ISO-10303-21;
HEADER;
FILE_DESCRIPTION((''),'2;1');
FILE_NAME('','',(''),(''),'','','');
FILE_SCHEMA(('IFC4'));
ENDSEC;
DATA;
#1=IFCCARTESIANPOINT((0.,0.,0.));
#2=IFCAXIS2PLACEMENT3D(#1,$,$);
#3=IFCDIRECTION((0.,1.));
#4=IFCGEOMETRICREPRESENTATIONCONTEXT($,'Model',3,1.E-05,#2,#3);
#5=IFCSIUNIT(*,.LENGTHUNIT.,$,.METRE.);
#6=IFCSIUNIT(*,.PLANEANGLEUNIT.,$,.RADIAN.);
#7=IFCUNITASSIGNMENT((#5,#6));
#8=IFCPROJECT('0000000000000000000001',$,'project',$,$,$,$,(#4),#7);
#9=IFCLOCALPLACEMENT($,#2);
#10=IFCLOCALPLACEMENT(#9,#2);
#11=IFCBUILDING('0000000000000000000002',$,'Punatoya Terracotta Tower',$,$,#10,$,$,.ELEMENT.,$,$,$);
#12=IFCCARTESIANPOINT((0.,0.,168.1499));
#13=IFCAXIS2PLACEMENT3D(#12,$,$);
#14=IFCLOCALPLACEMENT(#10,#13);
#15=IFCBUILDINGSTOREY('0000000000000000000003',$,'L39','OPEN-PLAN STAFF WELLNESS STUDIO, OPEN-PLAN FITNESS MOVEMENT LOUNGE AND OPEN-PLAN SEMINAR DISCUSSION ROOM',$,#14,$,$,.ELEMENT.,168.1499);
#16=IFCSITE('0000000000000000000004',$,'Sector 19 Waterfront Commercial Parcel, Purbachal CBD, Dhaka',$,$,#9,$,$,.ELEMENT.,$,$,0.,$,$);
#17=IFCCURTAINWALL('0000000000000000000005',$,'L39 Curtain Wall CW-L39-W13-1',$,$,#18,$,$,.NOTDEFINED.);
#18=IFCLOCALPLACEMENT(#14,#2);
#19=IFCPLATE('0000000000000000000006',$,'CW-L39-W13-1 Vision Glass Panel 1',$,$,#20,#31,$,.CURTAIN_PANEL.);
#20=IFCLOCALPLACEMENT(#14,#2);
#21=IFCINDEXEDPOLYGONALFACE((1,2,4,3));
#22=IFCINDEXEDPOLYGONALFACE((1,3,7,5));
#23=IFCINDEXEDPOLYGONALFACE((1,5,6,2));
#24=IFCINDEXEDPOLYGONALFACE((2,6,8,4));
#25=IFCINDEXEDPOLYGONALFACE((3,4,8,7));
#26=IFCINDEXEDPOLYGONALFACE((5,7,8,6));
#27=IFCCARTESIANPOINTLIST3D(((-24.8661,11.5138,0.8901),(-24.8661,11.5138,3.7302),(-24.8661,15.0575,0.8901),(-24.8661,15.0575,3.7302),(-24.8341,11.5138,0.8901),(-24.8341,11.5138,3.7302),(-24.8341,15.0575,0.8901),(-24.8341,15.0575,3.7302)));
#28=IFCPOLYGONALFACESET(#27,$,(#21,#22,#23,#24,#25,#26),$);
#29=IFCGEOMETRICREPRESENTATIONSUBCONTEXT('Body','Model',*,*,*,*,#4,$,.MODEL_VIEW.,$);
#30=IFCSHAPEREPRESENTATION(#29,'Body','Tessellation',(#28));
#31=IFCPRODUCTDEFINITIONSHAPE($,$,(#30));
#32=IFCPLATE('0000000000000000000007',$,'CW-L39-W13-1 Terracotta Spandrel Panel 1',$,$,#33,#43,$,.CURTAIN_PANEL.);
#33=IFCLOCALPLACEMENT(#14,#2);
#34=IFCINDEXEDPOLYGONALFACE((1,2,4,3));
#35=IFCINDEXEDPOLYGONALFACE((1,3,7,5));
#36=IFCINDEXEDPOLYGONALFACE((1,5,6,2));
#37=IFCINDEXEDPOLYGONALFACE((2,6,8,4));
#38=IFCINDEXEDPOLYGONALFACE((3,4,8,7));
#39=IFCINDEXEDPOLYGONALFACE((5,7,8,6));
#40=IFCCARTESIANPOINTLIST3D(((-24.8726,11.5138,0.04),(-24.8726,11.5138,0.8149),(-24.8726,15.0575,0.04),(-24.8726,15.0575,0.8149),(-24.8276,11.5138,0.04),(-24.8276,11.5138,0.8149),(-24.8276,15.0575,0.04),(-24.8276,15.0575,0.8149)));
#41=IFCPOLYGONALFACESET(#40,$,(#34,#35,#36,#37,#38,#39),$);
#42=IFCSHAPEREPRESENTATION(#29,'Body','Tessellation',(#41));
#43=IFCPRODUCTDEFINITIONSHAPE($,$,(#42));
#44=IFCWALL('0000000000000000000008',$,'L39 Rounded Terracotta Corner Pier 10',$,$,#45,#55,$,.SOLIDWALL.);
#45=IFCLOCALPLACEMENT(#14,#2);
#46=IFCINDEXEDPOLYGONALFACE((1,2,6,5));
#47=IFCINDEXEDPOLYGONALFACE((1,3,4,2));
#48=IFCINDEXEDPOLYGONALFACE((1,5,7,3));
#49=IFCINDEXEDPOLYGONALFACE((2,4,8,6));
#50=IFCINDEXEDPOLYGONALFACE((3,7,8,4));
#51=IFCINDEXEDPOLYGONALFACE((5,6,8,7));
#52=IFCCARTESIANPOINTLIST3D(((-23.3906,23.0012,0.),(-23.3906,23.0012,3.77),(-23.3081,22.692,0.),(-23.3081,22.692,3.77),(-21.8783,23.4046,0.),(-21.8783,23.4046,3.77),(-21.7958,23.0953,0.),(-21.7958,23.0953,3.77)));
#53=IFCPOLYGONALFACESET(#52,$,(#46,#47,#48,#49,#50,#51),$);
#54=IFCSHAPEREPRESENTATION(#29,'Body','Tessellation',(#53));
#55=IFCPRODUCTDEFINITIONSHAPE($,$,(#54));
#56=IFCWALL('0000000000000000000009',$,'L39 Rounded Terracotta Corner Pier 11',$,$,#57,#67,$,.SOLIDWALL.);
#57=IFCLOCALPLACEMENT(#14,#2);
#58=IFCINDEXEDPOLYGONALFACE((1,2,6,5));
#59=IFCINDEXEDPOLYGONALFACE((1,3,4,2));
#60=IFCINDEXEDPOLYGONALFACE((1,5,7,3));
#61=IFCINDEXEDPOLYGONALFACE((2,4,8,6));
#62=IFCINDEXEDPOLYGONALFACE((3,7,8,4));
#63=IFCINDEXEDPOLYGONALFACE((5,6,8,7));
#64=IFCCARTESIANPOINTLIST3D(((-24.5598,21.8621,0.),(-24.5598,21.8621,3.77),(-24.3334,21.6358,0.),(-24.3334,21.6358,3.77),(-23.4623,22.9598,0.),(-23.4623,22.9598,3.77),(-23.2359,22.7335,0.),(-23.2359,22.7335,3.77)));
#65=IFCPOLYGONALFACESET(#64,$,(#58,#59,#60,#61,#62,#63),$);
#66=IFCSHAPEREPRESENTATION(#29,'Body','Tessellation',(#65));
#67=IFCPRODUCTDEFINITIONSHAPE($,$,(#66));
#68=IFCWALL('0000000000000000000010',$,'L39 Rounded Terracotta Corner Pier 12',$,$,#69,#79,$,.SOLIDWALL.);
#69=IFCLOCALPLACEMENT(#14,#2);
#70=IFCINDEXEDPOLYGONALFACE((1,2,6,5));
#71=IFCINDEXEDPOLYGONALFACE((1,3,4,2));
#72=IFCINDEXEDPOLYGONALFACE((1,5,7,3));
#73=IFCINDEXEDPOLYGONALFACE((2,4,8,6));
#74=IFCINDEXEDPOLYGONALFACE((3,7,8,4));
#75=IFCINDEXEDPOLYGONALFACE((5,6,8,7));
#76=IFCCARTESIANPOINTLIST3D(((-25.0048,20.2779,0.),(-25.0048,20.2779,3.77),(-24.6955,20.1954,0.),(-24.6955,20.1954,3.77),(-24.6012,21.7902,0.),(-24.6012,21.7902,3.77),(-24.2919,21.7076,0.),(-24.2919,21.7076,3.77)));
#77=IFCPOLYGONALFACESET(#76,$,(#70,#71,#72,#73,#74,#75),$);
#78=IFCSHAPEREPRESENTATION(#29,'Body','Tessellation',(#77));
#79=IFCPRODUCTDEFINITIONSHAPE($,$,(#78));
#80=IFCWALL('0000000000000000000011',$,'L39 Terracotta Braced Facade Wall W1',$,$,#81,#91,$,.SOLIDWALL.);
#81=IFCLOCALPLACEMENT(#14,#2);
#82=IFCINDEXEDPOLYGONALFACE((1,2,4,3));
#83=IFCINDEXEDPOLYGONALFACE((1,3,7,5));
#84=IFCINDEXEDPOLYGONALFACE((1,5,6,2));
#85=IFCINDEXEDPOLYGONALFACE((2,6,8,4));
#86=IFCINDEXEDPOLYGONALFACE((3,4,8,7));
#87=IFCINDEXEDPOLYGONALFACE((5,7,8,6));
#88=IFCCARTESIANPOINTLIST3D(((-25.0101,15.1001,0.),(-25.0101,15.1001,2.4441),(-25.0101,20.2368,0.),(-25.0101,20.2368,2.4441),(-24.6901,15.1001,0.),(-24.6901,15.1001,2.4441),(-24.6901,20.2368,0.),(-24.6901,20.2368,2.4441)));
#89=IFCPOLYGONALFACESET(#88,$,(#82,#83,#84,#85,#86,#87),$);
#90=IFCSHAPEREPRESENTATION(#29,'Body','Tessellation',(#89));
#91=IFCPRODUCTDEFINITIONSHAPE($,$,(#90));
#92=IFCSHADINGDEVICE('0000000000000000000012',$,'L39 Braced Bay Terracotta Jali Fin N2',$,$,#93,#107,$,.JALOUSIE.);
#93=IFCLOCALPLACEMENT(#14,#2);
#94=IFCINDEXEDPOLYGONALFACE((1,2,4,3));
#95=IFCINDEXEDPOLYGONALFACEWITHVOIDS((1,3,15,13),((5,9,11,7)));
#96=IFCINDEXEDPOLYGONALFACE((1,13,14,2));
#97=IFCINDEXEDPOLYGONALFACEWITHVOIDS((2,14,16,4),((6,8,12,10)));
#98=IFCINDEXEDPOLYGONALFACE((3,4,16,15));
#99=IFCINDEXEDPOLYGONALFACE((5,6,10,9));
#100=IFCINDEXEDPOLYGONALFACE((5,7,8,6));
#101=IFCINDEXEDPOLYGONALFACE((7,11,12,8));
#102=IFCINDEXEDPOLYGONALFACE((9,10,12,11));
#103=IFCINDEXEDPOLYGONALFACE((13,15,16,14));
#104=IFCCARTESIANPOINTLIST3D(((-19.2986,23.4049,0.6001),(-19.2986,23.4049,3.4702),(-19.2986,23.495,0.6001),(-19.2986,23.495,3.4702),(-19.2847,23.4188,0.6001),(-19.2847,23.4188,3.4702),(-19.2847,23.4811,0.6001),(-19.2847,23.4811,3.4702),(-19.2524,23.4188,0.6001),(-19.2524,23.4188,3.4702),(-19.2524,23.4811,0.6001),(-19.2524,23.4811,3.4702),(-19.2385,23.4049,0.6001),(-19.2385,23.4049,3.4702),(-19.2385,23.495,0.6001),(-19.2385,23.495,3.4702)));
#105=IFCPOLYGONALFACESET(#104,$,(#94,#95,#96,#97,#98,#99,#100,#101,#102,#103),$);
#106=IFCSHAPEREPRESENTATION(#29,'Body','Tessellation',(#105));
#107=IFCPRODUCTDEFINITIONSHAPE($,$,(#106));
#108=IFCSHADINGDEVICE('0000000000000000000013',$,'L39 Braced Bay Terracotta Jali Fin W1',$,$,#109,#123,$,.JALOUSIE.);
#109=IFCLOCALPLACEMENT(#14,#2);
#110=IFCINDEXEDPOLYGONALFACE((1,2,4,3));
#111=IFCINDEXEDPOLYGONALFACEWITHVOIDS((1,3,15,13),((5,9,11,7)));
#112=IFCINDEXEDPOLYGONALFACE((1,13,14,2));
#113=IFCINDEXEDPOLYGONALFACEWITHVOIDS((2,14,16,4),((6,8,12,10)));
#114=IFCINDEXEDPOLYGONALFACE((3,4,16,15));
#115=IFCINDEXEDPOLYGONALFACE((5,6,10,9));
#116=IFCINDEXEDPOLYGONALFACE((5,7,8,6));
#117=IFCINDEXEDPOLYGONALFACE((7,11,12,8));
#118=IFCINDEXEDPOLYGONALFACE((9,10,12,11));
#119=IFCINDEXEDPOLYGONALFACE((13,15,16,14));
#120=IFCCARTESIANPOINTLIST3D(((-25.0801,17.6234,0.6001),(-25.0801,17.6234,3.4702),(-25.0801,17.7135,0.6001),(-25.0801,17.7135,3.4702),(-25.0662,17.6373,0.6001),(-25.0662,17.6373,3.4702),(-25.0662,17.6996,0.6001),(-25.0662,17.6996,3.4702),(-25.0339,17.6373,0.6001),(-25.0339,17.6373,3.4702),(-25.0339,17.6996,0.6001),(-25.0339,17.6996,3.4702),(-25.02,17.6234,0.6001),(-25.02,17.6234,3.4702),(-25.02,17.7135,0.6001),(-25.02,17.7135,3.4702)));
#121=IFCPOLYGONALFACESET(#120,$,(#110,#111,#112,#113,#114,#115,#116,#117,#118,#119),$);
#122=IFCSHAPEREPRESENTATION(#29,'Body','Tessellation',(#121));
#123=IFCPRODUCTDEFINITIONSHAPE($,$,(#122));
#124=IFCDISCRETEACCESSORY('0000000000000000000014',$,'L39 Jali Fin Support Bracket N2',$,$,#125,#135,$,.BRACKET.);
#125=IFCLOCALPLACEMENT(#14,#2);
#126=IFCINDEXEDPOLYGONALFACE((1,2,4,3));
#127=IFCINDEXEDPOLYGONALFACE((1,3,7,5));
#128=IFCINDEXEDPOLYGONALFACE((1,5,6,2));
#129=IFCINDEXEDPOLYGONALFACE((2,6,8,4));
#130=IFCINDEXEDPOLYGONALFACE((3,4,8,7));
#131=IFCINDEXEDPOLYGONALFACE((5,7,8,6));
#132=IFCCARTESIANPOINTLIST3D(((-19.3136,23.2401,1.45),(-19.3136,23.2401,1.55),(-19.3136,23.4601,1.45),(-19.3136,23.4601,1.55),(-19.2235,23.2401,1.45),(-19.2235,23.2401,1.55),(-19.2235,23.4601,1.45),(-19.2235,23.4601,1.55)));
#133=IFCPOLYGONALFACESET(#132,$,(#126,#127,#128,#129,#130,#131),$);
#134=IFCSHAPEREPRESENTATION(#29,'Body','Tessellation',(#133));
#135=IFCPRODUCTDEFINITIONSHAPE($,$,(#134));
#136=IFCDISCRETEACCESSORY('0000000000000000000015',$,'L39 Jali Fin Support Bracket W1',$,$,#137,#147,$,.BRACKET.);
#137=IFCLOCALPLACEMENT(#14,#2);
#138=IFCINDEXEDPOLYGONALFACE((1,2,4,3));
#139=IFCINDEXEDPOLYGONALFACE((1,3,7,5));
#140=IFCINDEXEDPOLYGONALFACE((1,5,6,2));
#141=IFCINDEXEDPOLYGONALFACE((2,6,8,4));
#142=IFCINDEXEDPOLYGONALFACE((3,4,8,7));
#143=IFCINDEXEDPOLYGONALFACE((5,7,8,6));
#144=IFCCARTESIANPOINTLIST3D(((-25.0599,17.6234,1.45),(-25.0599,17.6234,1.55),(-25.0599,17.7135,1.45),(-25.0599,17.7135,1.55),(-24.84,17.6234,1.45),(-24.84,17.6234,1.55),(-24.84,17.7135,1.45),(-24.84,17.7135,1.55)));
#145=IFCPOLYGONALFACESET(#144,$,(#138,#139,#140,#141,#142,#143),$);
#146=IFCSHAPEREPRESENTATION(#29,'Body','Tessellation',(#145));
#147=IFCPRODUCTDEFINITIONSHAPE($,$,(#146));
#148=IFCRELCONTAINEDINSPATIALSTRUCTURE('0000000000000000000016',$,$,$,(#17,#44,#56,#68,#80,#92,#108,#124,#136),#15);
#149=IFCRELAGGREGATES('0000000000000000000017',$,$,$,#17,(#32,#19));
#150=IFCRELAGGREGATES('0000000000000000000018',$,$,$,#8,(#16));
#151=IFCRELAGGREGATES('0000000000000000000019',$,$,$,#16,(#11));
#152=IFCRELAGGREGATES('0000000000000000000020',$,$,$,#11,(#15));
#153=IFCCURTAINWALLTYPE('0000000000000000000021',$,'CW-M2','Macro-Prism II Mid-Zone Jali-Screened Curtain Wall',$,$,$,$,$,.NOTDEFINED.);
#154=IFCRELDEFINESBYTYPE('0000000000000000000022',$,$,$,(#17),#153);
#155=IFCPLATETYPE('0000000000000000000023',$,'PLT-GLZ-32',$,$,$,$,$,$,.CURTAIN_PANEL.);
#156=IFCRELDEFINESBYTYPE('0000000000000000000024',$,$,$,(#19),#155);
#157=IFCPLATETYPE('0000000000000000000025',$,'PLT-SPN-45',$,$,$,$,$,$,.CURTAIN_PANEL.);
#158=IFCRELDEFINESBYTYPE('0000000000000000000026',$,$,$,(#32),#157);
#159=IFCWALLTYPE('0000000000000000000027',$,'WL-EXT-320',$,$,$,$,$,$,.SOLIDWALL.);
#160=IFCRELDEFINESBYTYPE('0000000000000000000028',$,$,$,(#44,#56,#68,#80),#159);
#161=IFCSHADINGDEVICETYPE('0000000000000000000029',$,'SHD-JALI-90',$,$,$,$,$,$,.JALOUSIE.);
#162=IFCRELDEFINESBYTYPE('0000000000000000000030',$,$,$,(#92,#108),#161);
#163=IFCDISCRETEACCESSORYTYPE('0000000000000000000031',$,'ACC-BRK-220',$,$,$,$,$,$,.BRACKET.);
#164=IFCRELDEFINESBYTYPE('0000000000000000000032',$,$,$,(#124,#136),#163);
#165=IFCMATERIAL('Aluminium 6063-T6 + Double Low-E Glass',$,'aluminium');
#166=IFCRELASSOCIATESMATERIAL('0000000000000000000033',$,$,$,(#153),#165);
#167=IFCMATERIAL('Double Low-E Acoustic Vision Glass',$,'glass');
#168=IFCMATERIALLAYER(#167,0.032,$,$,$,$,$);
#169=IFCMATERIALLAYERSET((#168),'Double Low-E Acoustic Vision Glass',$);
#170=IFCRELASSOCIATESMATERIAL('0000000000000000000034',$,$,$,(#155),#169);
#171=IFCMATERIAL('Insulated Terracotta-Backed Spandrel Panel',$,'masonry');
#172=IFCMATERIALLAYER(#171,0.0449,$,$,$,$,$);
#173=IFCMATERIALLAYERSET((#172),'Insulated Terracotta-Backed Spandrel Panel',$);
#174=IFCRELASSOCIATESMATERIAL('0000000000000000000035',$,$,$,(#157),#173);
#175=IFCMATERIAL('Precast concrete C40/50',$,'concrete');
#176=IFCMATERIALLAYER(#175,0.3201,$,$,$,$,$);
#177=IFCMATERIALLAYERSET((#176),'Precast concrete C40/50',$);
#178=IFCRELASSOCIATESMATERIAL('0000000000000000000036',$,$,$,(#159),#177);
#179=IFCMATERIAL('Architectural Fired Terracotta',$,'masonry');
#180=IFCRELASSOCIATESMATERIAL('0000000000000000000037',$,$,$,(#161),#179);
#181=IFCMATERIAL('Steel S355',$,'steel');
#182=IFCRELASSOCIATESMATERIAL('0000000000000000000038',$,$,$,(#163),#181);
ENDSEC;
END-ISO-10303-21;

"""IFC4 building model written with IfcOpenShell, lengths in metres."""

from ifc_helpers import new_model, si_unit, direction, frame, frame_2d, origin, origin_2d, place, context, subcontext, project, spatial, rectangle, hollow_rectangle, extrude, material, layer, layer_set, material_profile, profile_set, type_object, element, aggregate, save


model = new_model("IFC4")

# Units and contexts
model_context = context("Model", 3, precision=1e-05, world=origin(), true_north=direction((0.0, 1.0)))
body_context = subcontext(model_context, "Body", "Model", "MODEL_VIEW")
ifc_project = project(units=[si_unit("LENGTHUNIT", "METRE"), si_unit("PLANEANGLEUNIT", "RADIAN")], contexts=[model_context])

# Site, building, storey
site_placement = place(None, origin())
site = spatial("IfcSite", under=ifc_project, at=site_placement, Name="Sector 19 Waterfront Commercial Parcel, Purbachal CBD, Dhaka", CompositionType="ELEMENT", RefElevation=0.0)
building_placement = place(site_placement, origin())
building = spatial("IfcBuilding", under=site, at=building_placement, Name="Punatoya Terracotta Tower", CompositionType="ELEMENT")
storey_placement = place(building_placement, frame((0.0, 0.0, 168.1499)))
storey = spatial("IfcBuildingStorey", under=building, at=storey_placement, Name="L39", Description="OPEN-PLAN STAFF WELLNESS STUDIO, OPEN-PLAN FITNESS MOVEMENT LOUNGE AND OPEN-PLAN SEMINAR DISCUSSION ROOM", CompositionType="ELEMENT", Elevation=168.1499)

# Shared definitions
ifc_material_1 = material(Name="Steel S355", Category="steel")

# Curtain wall
ifc_material_2 = material(Name="Aluminium 6063-T6 + Double Low-E Glass", Category="aluminium")
curtain_wall_type = type_object("IfcCurtainWallType", Name="CW-M2", Description="Macro-Prism II Mid-Zone Jali-Screened Curtain Wall", PredefinedType="NOTDEFINED", material=ifc_material_2)
curtain_wall_placement = place(storey_placement, origin())
curtain_wall = element("IfcCurtainWall", 1, at=curtain_wall_placement, inside=storey, type_object=curtain_wall_type, Name="L39 Curtain Wall CW-L39-W13-1", PredefinedType="NOTDEFINED")

# Plates
ifc_material_3 = material(Name="Double Low-E Acoustic Vision Glass", Category="glass")
ifc_layer_1 = layer(ifc_material_3, 0.032)
ifc_layer_set_1 = layer_set([ifc_layer_1], Name="Double Low-E Acoustic Vision Glass")
plate_type_1 = type_object("IfcPlateType", Name="PLT-GLZ-32", PredefinedType="CURTAIN_PANEL", material=ifc_layer_set_1)
plate_1_placement = place(storey_placement, frame((-24.8501, 13.2856, 0.8901), z_axis=(0.0, 0.0, 1.0), x_axis=(0.0, -1.0, 0.0)))
plate_1 = element("IfcPlate", 2, at=plate_1_placement, type_object=plate_type_1, Name="CW-L39-W13-1 Vision Glass Panel 1", PredefinedType="CURTAIN_PANEL", context=body_context, shape_type="SweptSolid", body=[
    extrude(rectangle(XDim=3.5437, YDim=0.032, at=origin_2d()), origin(), (0.0, 0.0, 1.0), 2.8401),
])
ifc_material_4 = material(Name="Insulated Terracotta-Backed Spandrel Panel", Category="masonry")
ifc_layer_2 = layer(ifc_material_4, 0.0449)
ifc_layer_set_2 = layer_set([ifc_layer_2], Name="Insulated Terracotta-Backed Spandrel Panel")
plate_type_2 = type_object("IfcPlateType", Name="PLT-SPN-45", PredefinedType="CURTAIN_PANEL", material=ifc_layer_set_2)
plate_2_placement = place(storey_placement, frame((-24.8501, 13.2856, 0.04), z_axis=(0.0, 0.0, 1.0), x_axis=(0.0, -1.0, 0.0)))
plate_2 = element("IfcPlate", 3, at=plate_2_placement, type_object=plate_type_2, Name="CW-L39-W13-1 Terracotta Spandrel Panel 1", PredefinedType="CURTAIN_PANEL", context=body_context, shape_type="SweptSolid", body=[
    extrude(rectangle(XDim=3.5437, YDim=0.0449, at=origin_2d()), origin(), (0.0, 0.0, 1.0), 0.7749),
])
aggregate(curtain_wall, [plate_2, plate_1])

# Walls
ifc_material_5 = material(Name="Precast concrete C40/50", Category="concrete")
ifc_layer_3 = layer(ifc_material_5, 0.3201)
ifc_layer_set_3 = layer_set([ifc_layer_3], Name="Precast concrete C40/50")
wall_type = type_object("IfcWallType", Name="WL-EXT-320", PredefinedType="SOLIDWALL", material=ifc_layer_set_3)
wall_1_placement = place(storey_placement, frame((-21.8369, 23.25, 0.0), z_axis=(0.0, 0.0, 1.0), x_axis=(-0.966225, -0.257701, 0.0)))
element("IfcWall", 4, at=wall_1_placement, inside=storey, type_object=wall_type, Name="L39 Rounded Terracotta Corner Pier 10", PredefinedType="SOLIDWALL", context=body_context, shape_type="SweptSolid", body=[
    extrude(rectangle(XDim=1.5652, YDim=0.3201, at=frame_2d((0.7827, 0.0))), origin(), (0.0, 0.0, 1.0), 3.77),
])
wall_2_placement = place(storey_placement, frame((-23.3491, 22.8467, 0.0), z_axis=(0.0, 0.0, 1.0), x_axis=(-0.707028, -0.707185, 0.0)))
element("IfcWall", 5, at=wall_2_placement, inside=storey, type_object=wall_type, Name="L39 Rounded Terracotta Corner Pier 11", PredefinedType="SOLIDWALL", context=body_context, shape_type="SweptSolid", body=[
    extrude(rectangle(XDim=1.5522, YDim=0.3201, at=frame_2d((0.7761, 0.0))), origin(), (0.0, 0.0, 1.0), 3.77),
])
wall_3_placement = place(storey_placement, frame((-24.4465, 21.749, 0.0), z_axis=(0.0, 0.0, 1.0), x_axis=(-0.257847, -0.966186, 0.0)))
element("IfcWall", 6, at=wall_3_placement, inside=storey, type_object=wall_type, Name="L39 Rounded Terracotta Corner Pier 12", PredefinedType="SOLIDWALL", context=body_context, shape_type="SweptSolid", body=[
    extrude(rectangle(XDim=1.5652, YDim=0.3201, at=frame_2d((0.7827, 0.0))), origin(), (0.0, 0.0, 1.0), 3.77),
])
wall_4_placement = place(storey_placement, frame((-24.8501, 20.2368, 0.0), z_axis=(0.0, 0.0, 1.0), x_axis=(0.0, -1.0, 0.0)))
element("IfcWall", 7, at=wall_4_placement, inside=storey, type_object=wall_type, Name="L39 Terracotta Braced Facade Wall W1", PredefinedType="SOLIDWALL", context=body_context, shape_type="SweptSolid", body=[
    extrude(rectangle(XDim=5.1367, YDim=0.3201, at=frame_2d((2.5684, 0.0))), origin(), (0.0, 0.0, 1.0), 2.4441),
])

# Shading devices
ifc_material_6 = material(Name="Architectural Fired Terracotta", Category="masonry")
ifc_material_profile_1 = material_profile(ifc_material_6, hollow_rectangle(XDim=0.0601, YDim=0.0901, WallThickness=0.0139, at=origin_2d()))
ifc_profile_set_1 = profile_set([ifc_material_profile_1], Name="Architectural Fired Terracotta")
shading_device_type = type_object("IfcShadingDeviceType", Name="SHD-JALI-90", PredefinedType="JALOUSIE", material=ifc_profile_set_1)
for number, where, z_axis, x_axis, name in (
    (8, (-19.2686, 23.45, 0.6001), (0.0, 0.0, 1.0), (1.0, 0.0, 0.0), "L39 Braced Bay Terracotta Jali Fin N2"),
    (9, (-25.05, 17.6685, 0.6001), (0.0, 0.0, 1.0), (1.0, 0.0, 0.0), "L39 Braced Bay Terracotta Jali Fin W1"),
):
    element("IfcShadingDevice", number, at=place(storey_placement, frame(where, z_axis=z_axis, x_axis=x_axis)), inside=storey, type_object=shading_device_type, Name=name, PredefinedType="JALOUSIE", context=body_context, shape_type="SweptSolid", body=[
        extrude(hollow_rectangle(XDim=0.0601, YDim=0.0901, WallThickness=0.0139, at=origin_2d()), origin(), (0.0, 0.0, 1.0), 2.8701),
    ])

# Discrete accessories
discrete_accessory_type = type_object("IfcDiscreteAccessoryType", Name="ACC-BRK-220", PredefinedType="BRACKET", material=ifc_material_1)
for number, where, z_axis, x_axis, name in (
    (10, (-19.2686, 23.3501, 1.45), (0.0, 0.0, 1.0), (-1.0, 0.0, 0.0), "L39 Jali Fin Support Bracket N2"),
    (11, (-24.95, 17.6685, 1.45), (0.0, 0.0, 1.0), (0.0, -1.0, 0.0), "L39 Jali Fin Support Bracket W1"),
):
    element("IfcDiscreteAccessory", number, at=place(storey_placement, frame(where, z_axis=z_axis, x_axis=x_axis)), inside=storey, type_object=discrete_accessory_type, Name=name, PredefinedType="BRACKET", context=body_context, shape_type="SweptSolid", body=[
        extrude(rectangle(XDim=0.0901, YDim=0.22, at=origin_2d()), origin(), (0.0, 0.0, 1.0), 0.1001),
    ])

save(model, "model.ifc")
